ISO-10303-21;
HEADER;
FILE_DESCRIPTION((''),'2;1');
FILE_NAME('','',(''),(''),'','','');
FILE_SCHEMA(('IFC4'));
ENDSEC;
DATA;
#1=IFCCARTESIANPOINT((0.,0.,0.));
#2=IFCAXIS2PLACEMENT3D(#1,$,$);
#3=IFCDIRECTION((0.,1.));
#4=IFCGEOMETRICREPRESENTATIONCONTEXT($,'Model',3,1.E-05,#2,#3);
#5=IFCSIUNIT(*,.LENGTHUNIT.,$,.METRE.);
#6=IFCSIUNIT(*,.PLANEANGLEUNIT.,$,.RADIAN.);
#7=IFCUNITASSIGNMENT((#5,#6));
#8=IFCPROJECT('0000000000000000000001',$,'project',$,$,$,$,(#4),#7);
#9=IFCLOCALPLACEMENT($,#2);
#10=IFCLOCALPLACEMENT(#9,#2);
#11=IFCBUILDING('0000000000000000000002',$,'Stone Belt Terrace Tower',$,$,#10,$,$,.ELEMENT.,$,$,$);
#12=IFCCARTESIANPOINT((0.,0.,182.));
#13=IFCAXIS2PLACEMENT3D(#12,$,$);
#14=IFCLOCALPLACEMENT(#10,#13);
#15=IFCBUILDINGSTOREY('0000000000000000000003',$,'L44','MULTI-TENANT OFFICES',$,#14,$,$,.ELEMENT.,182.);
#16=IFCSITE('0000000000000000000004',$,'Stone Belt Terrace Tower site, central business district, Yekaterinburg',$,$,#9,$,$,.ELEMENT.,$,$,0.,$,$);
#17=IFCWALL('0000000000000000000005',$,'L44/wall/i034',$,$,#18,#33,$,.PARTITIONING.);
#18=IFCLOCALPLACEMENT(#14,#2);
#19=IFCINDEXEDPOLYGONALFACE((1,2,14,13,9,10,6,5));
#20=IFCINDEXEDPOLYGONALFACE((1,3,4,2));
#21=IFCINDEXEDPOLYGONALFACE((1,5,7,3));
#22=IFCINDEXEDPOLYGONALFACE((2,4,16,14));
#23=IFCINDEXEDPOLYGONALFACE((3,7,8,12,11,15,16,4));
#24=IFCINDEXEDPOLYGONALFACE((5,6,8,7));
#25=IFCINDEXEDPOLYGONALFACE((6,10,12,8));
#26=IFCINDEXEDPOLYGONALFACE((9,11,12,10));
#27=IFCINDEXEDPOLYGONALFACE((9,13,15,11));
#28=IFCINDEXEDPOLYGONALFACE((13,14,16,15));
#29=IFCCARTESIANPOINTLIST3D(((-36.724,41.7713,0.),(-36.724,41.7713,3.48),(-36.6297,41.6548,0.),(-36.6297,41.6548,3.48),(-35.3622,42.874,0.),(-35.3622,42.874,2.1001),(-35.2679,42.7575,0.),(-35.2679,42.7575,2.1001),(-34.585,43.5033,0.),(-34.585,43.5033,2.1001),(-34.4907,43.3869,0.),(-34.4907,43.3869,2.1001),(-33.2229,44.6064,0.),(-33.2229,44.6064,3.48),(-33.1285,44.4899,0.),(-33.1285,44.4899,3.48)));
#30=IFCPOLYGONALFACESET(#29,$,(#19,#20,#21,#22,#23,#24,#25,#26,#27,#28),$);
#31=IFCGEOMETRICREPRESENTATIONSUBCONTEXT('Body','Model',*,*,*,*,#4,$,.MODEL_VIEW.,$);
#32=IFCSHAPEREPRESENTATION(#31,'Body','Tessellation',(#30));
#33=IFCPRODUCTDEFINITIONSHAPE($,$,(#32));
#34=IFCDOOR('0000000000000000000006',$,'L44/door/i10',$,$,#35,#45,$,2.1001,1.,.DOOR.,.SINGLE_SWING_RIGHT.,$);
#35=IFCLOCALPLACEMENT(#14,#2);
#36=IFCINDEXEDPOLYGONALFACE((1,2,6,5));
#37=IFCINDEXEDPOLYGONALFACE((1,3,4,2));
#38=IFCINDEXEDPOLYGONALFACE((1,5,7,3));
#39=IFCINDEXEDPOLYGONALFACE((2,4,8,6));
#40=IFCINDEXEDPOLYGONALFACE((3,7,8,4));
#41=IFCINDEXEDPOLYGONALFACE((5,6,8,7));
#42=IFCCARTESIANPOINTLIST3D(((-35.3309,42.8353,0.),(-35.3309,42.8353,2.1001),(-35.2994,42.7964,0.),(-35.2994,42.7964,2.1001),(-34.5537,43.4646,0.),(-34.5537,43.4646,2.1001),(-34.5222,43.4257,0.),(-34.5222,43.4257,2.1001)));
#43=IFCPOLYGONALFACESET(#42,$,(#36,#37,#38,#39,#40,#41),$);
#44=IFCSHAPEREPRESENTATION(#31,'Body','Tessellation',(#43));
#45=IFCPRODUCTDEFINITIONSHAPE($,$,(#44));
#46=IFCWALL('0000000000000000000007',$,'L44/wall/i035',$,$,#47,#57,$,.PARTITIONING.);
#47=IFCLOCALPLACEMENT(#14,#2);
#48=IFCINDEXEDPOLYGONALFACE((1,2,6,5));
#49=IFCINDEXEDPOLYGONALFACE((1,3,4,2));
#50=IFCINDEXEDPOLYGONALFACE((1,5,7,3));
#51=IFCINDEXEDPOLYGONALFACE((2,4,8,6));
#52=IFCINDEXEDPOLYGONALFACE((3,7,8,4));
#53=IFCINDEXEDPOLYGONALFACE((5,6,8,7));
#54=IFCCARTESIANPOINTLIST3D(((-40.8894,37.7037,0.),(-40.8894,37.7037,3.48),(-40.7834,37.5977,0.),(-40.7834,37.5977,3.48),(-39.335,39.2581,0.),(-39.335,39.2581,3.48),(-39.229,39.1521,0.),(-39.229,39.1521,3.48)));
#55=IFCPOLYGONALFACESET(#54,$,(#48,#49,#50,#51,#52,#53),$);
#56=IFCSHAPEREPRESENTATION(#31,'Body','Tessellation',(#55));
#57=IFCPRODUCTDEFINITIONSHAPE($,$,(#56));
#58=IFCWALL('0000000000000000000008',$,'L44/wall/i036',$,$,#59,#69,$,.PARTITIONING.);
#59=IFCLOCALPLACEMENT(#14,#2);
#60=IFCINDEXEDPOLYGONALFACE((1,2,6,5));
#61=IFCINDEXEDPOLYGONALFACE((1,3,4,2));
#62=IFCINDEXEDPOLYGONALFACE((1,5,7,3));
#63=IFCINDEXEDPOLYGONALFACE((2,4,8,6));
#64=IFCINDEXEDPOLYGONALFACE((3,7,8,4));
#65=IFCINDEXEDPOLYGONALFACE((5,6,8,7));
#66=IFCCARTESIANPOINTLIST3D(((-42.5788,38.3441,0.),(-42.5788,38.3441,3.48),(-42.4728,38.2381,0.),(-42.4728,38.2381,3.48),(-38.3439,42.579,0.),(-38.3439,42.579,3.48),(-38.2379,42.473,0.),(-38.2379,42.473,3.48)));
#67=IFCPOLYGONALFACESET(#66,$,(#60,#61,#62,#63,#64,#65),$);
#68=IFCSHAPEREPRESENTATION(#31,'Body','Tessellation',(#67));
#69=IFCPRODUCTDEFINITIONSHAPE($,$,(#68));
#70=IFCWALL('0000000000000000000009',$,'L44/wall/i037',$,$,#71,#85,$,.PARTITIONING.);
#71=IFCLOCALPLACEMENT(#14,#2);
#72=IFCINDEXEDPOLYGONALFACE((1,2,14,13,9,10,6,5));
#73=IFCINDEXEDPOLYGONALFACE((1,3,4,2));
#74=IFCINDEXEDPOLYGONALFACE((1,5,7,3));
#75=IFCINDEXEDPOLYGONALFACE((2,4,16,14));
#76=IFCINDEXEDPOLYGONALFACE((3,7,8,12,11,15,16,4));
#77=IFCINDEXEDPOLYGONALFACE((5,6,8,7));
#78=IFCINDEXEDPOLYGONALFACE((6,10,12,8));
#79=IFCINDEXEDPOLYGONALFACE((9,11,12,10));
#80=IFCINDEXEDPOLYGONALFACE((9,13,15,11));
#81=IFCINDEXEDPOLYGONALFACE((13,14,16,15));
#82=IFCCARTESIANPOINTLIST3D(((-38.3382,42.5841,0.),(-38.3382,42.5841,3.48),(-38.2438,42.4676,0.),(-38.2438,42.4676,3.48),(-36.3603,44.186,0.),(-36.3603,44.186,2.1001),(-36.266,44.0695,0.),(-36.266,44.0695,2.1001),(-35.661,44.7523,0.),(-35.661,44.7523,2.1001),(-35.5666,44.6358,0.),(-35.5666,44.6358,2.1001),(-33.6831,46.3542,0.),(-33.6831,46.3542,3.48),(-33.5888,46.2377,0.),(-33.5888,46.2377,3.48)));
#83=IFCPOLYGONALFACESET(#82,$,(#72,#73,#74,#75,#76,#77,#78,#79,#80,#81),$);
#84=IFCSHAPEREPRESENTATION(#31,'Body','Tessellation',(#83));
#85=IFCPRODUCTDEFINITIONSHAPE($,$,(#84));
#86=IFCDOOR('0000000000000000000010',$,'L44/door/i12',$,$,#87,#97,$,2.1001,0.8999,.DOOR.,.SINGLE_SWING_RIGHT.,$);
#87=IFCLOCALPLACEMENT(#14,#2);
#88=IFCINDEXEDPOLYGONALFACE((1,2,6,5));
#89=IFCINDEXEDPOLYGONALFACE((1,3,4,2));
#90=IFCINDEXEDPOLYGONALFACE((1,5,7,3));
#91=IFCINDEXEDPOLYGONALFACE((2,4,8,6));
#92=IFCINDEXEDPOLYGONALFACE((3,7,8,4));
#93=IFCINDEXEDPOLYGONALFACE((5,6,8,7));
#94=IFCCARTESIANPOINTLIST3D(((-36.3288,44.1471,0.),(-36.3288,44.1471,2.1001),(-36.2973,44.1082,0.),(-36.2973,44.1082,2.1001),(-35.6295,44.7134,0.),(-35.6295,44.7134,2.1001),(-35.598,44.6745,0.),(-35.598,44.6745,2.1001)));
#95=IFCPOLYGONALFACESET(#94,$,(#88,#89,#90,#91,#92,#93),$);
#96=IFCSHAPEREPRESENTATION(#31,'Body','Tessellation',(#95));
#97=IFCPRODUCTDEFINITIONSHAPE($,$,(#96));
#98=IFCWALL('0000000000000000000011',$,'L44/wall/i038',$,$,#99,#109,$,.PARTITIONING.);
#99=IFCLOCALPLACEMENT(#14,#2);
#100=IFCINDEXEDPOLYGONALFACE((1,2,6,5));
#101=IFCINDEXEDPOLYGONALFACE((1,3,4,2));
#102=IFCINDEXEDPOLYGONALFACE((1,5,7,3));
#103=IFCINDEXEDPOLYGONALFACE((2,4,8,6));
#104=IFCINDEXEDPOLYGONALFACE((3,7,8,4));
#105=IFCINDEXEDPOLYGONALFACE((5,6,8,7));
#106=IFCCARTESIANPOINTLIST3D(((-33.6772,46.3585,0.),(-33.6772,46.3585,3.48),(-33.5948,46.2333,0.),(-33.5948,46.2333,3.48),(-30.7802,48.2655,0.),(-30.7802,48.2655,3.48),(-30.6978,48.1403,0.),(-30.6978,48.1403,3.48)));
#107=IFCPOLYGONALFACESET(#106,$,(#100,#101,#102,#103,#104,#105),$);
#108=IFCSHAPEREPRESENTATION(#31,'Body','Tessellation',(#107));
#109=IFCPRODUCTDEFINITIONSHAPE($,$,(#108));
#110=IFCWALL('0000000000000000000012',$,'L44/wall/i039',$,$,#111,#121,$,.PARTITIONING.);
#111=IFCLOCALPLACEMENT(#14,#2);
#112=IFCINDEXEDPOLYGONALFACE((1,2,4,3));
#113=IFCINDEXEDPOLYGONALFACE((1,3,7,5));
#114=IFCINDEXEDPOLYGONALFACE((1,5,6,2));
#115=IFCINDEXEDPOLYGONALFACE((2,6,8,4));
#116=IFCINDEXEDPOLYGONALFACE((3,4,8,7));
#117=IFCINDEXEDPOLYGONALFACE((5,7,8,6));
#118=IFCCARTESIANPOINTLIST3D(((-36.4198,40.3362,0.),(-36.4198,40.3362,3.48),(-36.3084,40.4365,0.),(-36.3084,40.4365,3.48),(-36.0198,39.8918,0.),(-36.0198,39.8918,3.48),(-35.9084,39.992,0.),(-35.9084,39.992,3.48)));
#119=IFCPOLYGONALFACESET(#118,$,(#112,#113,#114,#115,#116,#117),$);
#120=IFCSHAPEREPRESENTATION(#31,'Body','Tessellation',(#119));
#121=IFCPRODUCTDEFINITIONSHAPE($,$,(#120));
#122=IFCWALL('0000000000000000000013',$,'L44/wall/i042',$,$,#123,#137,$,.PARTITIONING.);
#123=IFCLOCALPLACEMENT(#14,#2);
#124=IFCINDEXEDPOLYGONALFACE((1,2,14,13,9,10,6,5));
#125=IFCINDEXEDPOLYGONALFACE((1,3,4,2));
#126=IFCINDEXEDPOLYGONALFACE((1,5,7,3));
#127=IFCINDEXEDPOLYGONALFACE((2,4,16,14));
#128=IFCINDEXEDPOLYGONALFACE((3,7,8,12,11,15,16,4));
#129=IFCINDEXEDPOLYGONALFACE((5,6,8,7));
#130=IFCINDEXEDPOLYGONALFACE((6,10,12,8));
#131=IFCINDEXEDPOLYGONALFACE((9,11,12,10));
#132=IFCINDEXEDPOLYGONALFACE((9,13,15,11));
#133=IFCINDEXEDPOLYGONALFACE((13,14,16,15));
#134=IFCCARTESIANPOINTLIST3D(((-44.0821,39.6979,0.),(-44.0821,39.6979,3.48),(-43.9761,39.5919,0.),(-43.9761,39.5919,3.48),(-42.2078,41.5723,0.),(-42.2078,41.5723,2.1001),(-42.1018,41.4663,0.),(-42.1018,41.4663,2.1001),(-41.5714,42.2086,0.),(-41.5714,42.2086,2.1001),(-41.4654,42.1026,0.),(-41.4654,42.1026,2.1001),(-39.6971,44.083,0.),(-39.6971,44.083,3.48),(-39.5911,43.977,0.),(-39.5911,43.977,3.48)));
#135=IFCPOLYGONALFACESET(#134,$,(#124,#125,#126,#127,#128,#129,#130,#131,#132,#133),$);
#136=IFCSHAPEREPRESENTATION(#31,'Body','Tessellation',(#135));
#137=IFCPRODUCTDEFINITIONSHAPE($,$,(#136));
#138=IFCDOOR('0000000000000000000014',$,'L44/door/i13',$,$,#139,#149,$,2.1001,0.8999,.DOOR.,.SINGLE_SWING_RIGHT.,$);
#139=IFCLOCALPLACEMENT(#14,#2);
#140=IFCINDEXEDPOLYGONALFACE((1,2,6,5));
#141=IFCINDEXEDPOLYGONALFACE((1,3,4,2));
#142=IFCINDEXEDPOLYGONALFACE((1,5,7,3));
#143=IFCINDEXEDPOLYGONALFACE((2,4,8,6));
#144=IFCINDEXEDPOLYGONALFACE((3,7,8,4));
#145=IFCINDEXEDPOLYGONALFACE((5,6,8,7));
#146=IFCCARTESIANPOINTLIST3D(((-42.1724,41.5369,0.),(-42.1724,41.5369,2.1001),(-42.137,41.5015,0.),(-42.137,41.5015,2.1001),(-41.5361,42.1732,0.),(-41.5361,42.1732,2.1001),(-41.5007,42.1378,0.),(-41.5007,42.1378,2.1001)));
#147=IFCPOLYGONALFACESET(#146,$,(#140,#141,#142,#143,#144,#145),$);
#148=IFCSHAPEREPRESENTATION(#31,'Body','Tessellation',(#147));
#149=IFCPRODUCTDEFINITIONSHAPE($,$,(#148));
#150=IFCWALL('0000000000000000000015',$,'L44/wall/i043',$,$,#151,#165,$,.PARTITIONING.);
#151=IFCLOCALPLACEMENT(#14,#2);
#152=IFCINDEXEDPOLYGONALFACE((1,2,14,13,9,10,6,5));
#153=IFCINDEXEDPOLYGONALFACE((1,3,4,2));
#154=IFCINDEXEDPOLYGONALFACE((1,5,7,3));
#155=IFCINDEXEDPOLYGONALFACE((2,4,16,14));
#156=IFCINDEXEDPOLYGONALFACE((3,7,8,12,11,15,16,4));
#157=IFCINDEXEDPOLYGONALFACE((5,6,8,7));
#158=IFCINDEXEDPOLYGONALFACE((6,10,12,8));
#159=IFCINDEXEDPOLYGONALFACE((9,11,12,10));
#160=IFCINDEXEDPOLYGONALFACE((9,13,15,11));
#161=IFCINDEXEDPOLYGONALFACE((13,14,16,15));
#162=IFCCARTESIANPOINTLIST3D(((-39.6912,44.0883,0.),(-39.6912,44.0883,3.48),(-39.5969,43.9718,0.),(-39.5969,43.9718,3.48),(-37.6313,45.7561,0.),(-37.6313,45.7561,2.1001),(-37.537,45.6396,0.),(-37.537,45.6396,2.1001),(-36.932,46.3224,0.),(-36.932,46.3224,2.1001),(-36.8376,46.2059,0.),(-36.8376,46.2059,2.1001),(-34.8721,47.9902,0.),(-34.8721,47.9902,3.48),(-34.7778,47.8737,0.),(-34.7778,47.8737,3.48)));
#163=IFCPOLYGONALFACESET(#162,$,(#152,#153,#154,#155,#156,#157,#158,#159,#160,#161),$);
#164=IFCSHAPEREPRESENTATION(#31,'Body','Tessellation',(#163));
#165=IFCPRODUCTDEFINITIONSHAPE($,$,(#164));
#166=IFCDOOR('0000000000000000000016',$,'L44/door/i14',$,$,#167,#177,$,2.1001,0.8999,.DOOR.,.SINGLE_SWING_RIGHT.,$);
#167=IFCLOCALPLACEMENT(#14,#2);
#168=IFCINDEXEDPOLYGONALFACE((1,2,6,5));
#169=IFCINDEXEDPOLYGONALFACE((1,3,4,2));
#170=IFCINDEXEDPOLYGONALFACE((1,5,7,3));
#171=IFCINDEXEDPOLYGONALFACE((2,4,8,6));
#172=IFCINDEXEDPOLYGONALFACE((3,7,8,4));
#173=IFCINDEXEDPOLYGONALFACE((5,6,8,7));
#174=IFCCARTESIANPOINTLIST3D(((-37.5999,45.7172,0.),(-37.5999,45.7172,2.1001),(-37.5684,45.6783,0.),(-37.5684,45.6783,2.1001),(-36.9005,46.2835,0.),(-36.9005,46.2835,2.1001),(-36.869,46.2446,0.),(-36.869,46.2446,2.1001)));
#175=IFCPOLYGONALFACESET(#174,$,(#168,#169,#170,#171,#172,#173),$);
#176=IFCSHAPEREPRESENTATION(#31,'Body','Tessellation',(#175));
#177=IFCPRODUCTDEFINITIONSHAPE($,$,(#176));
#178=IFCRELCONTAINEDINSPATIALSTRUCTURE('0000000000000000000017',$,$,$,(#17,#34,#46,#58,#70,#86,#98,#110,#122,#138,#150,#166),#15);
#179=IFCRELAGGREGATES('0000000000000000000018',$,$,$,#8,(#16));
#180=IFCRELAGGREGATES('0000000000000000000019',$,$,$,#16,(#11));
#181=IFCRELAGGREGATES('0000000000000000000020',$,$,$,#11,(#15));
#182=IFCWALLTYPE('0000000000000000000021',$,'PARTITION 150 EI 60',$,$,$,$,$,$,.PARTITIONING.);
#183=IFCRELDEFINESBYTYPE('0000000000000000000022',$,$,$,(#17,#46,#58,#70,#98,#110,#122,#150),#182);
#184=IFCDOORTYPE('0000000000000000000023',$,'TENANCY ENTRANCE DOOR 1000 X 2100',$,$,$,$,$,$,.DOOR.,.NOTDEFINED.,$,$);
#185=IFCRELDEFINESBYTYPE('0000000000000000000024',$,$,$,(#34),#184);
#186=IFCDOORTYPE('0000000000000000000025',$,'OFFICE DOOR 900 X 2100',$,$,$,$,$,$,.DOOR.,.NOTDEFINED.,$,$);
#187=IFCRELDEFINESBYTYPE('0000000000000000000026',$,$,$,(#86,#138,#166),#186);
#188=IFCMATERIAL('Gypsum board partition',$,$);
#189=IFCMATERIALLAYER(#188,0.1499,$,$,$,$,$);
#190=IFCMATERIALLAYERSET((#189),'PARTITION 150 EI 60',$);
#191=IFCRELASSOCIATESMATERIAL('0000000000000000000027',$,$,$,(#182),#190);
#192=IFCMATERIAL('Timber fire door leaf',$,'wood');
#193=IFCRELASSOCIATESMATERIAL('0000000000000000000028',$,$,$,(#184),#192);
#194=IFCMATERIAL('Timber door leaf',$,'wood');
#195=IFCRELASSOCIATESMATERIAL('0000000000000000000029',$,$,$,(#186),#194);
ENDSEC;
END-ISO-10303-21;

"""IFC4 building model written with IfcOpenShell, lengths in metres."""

from ifc_helpers import new_model, si_unit, direction, frame, frame_2d, origin, place, context, subcontext, project, spatial, rectangle, extrude, material, layer, layer_set, type_object, element, fill, save


model = new_model("IFC4")

# Units and contexts
model_context = context("Model", 3, precision=1e-05, world=origin(), true_north=direction((0.0, 1.0)))
body_context = subcontext(model_context, "Body", "Model", "MODEL_VIEW")
ifc_project = project(units=[si_unit("LENGTHUNIT", "METRE"), si_unit("PLANEANGLEUNIT", "RADIAN")], contexts=[model_context])

# Site, building, storey
site_placement = place(None, origin())
site = spatial("IfcSite", under=ifc_project, at=site_placement, Name="Stone Belt Terrace Tower site, central business district, Yekaterinburg", CompositionType="ELEMENT", RefElevation=0.0)
building_placement = place(site_placement, origin())
building = spatial("IfcBuilding", under=site, at=building_placement, Name="Stone Belt Terrace Tower", CompositionType="ELEMENT")
storey_placement = place(building_placement, frame((0.0, 0.0, 182.0)))
storey = spatial("IfcBuildingStorey", under=building, at=storey_placement, Name="L44", Description="MULTI-TENANT OFFICES", CompositionType="ELEMENT", Elevation=182.0)

# Shared definitions
ifc_material_1 = material(Name="Gypsum board partition")
ifc_layer_1 = layer(ifc_material_1, 0.1499)
ifc_layer_set_1 = layer_set([ifc_layer_1], Name="PARTITION 150 EI 60")
wall_type = type_object("IfcWallType", Name="PARTITION 150 EI 60", PredefinedType="PARTITIONING", material=ifc_layer_set_1)

# Wall, opening, door
wall_1_placement = place(storey_placement, frame((-33.1758, 44.5481, 0.0), z_axis=(0.0, 0.0, 1.0), x_axis=(-0.777149, -0.629317, 0.0)))
wall_1 = element("IfcWall", 1, at=wall_1_placement, inside=storey, type_object=wall_type, Name="L44/wall/i034", PredefinedType="PARTITIONING", context=body_context, shape_type="SweptSolid", body=[
    extrude(rectangle(XDim=4.5051, YDim=0.1499, at=frame_2d((2.2524, 0.0))), origin(), (0.0, 0.0, 1.0), 3.48),
])
opening_1_placement = place(wall_1_placement, frame((1.7527, 0.0, 0.0)))
opening_1 = element("IfcOpeningElement", 2, at=opening_1_placement, cuts=wall_1, PredefinedType="OPENING", context=body_context, shape_type="SweptSolid", body=[
    extrude(rectangle(XDim=1.0, YDim=2.1001, at=frame_2d((0.5, 1.05))), frame((0.0, 0.085, 0.0), z_axis=(0.0, -1.0, 0.0), x_axis=(1.0, 0.0, 0.0)), (0.0, 0.0, 1.0), 0.1699),
])
ifc_material_2 = material(Name="Timber fire door leaf", Category="wood")
door_type_1 = type_object("IfcDoorType", Name="TENANCY ENTRANCE DOOR 1000 X 2100", OperationType="NOTDEFINED", PredefinedType="DOOR", material=ifc_material_2)
door_1_placement = place(opening_1_placement, origin())
door_1 = element("IfcDoor", 3, at=door_1_placement, inside=storey, type_object=door_type_1, Name="L44/door/i10", OperationType="SINGLE_SWING_RIGHT", OverallHeight=2.1001, OverallWidth=1.0, PredefinedType="DOOR", context=body_context, shape_type="SweptSolid", body=[
    extrude(rectangle(XDim=1.0, YDim=2.1001, at=frame_2d((0.5, 1.05))), frame((0.0, 0.0249, 0.0), z_axis=(0.0, -1.0, 0.0), x_axis=(1.0, 0.0, 0.0)), (0.0, 0.0, 1.0), 0.05),
])
fill(opening_1, door_1)

# Walls
wall_2_placement = place(storey_placement, frame((-39.282, 39.2051, 0.0), z_axis=(0.0, 0.0, 1.0), x_axis=(-0.707107, -0.707107, 0.0)))
element("IfcWall", 4, at=wall_2_placement, inside=storey, type_object=wall_type, Name="L44/wall/i035", PredefinedType="PARTITIONING", context=body_context, shape_type="SweptSolid", body=[
    extrude(rectangle(XDim=2.1982, YDim=0.1499, at=frame_2d((1.0991, 0.0))), origin(), (0.0, 0.0, 1.0), 3.48),
])
wall_3_placement = place(storey_placement, frame((-42.5259, 38.291, 0.0), z_axis=(0.0, 0.0, 1.0), x_axis=(0.707107, 0.707107, 0.0)))
element("IfcWall", 5, at=wall_3_placement, inside=storey, type_object=wall_type, Name="L44/wall/i036", PredefinedType="PARTITIONING", context=body_context, shape_type="SweptSolid", body=[
    extrude(rectangle(XDim=5.989, YDim=0.1499, at=frame_2d((2.9946, 0.0))), origin(), (0.0, 0.0, 1.0), 3.48),
])

# Wall, opening, door
wall_4_placement = place(storey_placement, frame((-38.291, 42.5259, 0.0), z_axis=(0.0, 0.0, 1.0), x_axis=(0.777109, 0.629366, 0.0)))
wall_4 = element("IfcWall", 6, at=wall_4_placement, inside=storey, type_object=wall_type, Name="L44/wall/i037", PredefinedType="PARTITIONING", context=body_context, shape_type="SweptSolid", body=[
    extrude(rectangle(XDim=5.9902, YDim=0.1499, at=frame_2d((2.9951, 0.0))), origin(), (0.0, 0.0, 1.0), 3.48),
])
opening_2_placement = place(wall_4_placement, frame((2.5452, 0.0, 0.0)))
opening_2 = element("IfcOpeningElement", 7, at=opening_2_placement, cuts=wall_4, PredefinedType="OPENING", context=body_context, shape_type="SweptSolid", body=[
    extrude(rectangle(XDim=0.8999, YDim=2.1001, at=frame_2d((0.45, 1.05))), frame((0.0, 0.085, 0.0), z_axis=(0.0, -1.0, 0.0), x_axis=(1.0, 0.0, 0.0)), (0.0, 0.0, 1.0), 0.1699),
])
ifc_material_3 = material(Name="Timber door leaf", Category="wood")
door_type_2 = type_object("IfcDoorType", Name="OFFICE DOOR 900 X 2100", OperationType="NOTDEFINED", PredefinedType="DOOR", material=ifc_material_3)
door_2_placement = place(opening_2_placement, origin())
door_2 = element("IfcDoor", 8, at=door_2_placement, inside=storey, type_object=door_type_2, Name="L44/door/i12", OperationType="SINGLE_SWING_RIGHT", OverallHeight=2.1001, OverallWidth=0.8999, PredefinedType="DOOR", context=body_context, shape_type="SweptSolid", body=[
    extrude(rectangle(XDim=0.8999, YDim=2.1001, at=frame_2d((0.45, 1.05))), frame((0.0, 0.0249, 0.0), z_axis=(0.0, -1.0, 0.0), x_axis=(1.0, 0.0, 0.0)), (0.0, 0.0, 1.0), 0.05),
])
fill(opening_2, door_2)

# Walls
wall_5_placement = place(storey_placement, frame((-33.636, 46.2959, 0.0), z_axis=(0.0, 0.0, 1.0), x_axis=(0.835274, 0.549834, 0.0)))
element("IfcWall", 9, at=wall_5_placement, inside=storey, type_object=wall_type, Name="L44/wall/i038", PredefinedType="PARTITIONING", context=body_context, shape_type="SweptSolid", body=[
    extrude(rectangle(XDim=3.4683, YDim=0.1499, at=frame_2d((1.7341, 0.0))), origin(), (0.0, 0.0, 1.0), 3.48),
])
wall_6_placement = place(storey_placement, frame((-36.364, 40.3862, 0.0), z_axis=(0.0, 0.0, 1.0), x_axis=(0.668965, -0.743294, 0.0)))
element("IfcWall", 10, at=wall_6_placement, inside=storey, type_object=wall_type, Name="L44/wall/i039", PredefinedType="PARTITIONING", context=body_context, shape_type="SweptSolid", body=[
    extrude(rectangle(XDim=0.5979, YDim=0.1499, at=frame_2d((0.2988, 0.0))), origin(), (0.0, 0.0, 1.0), 3.48),
])

# Walls, openings, doors
wall_7_placement = place(storey_placement, frame((-44.0291, 39.645, 0.0), z_axis=(0.0, 0.0, 1.0), x_axis=(0.707107, 0.707107, 0.0)))
wall_7 = element("IfcWall", 11, at=wall_7_placement, inside=storey, type_object=wall_type, Name="L44/wall/i042", PredefinedType="PARTITIONING", context=body_context, shape_type="SweptSolid", body=[
    extrude(rectangle(XDim=6.2014, YDim=0.1499, at=frame_2d((3.1006, 0.0))), origin(), (0.0, 0.0, 1.0), 3.48),
])
opening_3_placement = place(wall_7_placement, frame((2.6506, 0.0, 0.0)))
opening_3 = element("IfcOpeningElement", 12, at=opening_3_placement, cuts=wall_7, PredefinedType="OPENING", context=body_context, shape_type="SweptSolid", body=[
    extrude(rectangle(XDim=0.8999, YDim=2.1001, at=frame_2d((0.45, 1.05))), frame((0.0, 0.085, 0.0), z_axis=(0.0, -1.0, 0.0), x_axis=(1.0, 0.0, 0.0)), (0.0, 0.0, 1.0), 0.1699),
])
door_3_placement = place(opening_3_placement, origin())
door_3 = element("IfcDoor", 13, at=door_3_placement, inside=storey, type_object=door_type_2, Name="L44/door/i13", OperationType="SINGLE_SWING_RIGHT", OverallHeight=2.1001, OverallWidth=0.8999, PredefinedType="DOOR", context=body_context, shape_type="SweptSolid", body=[
    extrude(rectangle(XDim=0.8999, YDim=2.1001, at=frame_2d((0.45, 1.05))), frame((0.0, 0.0249, 0.0), z_axis=(0.0, -1.0, 0.0), x_axis=(1.0, 0.0, 0.0)), (0.0, 0.0, 1.0), 0.05),
])
fill(opening_3, door_3)
wall_8_placement = place(storey_placement, frame((-39.644, 44.03, 0.0), z_axis=(0.0, 0.0, 1.0), x_axis=(0.777191, 0.629265, 0.0)))
wall_8 = element("IfcWall", 14, at=wall_8_placement, inside=storey, type_object=wall_type, Name="L44/wall/i043", PredefinedType="PARTITIONING", context=body_context, shape_type="SweptSolid", body=[
    extrude(rectangle(XDim=6.2007, YDim=0.1499, at=frame_2d((3.1003, 0.0))), origin(), (0.0, 0.0, 1.0), 3.48),
])
opening_4_placement = place(wall_8_placement, frame((2.6504, 0.0, 0.0)))
opening_4 = element("IfcOpeningElement", 15, at=opening_4_placement, cuts=wall_8, PredefinedType="OPENING", context=body_context, shape_type="SweptSolid", body=[
    extrude(rectangle(XDim=0.8999, YDim=2.1001, at=frame_2d((0.45, 1.05))), frame((0.0, 0.085, 0.0), z_axis=(0.0, -1.0, 0.0), x_axis=(1.0, 0.0, 0.0)), (0.0, 0.0, 1.0), 0.1699),
])
door_4_placement = place(opening_4_placement, origin())
door_4 = element("IfcDoor", 16, at=door_4_placement, inside=storey, type_object=door_type_2, Name="L44/door/i14", OperationType="SINGLE_SWING_RIGHT", OverallHeight=2.1001, OverallWidth=0.8999, PredefinedType="DOOR", context=body_context, shape_type="SweptSolid", body=[
    extrude(rectangle(XDim=0.8999, YDim=2.1001, at=frame_2d((0.45, 1.05))), frame((0.0, 0.0249, 0.0), z_axis=(0.0, -1.0, 0.0), x_axis=(1.0, 0.0, 0.0)), (0.0, 0.0, 1.0), 0.05),
])
fill(opening_4, door_4)

save(model, "model.ifc")
